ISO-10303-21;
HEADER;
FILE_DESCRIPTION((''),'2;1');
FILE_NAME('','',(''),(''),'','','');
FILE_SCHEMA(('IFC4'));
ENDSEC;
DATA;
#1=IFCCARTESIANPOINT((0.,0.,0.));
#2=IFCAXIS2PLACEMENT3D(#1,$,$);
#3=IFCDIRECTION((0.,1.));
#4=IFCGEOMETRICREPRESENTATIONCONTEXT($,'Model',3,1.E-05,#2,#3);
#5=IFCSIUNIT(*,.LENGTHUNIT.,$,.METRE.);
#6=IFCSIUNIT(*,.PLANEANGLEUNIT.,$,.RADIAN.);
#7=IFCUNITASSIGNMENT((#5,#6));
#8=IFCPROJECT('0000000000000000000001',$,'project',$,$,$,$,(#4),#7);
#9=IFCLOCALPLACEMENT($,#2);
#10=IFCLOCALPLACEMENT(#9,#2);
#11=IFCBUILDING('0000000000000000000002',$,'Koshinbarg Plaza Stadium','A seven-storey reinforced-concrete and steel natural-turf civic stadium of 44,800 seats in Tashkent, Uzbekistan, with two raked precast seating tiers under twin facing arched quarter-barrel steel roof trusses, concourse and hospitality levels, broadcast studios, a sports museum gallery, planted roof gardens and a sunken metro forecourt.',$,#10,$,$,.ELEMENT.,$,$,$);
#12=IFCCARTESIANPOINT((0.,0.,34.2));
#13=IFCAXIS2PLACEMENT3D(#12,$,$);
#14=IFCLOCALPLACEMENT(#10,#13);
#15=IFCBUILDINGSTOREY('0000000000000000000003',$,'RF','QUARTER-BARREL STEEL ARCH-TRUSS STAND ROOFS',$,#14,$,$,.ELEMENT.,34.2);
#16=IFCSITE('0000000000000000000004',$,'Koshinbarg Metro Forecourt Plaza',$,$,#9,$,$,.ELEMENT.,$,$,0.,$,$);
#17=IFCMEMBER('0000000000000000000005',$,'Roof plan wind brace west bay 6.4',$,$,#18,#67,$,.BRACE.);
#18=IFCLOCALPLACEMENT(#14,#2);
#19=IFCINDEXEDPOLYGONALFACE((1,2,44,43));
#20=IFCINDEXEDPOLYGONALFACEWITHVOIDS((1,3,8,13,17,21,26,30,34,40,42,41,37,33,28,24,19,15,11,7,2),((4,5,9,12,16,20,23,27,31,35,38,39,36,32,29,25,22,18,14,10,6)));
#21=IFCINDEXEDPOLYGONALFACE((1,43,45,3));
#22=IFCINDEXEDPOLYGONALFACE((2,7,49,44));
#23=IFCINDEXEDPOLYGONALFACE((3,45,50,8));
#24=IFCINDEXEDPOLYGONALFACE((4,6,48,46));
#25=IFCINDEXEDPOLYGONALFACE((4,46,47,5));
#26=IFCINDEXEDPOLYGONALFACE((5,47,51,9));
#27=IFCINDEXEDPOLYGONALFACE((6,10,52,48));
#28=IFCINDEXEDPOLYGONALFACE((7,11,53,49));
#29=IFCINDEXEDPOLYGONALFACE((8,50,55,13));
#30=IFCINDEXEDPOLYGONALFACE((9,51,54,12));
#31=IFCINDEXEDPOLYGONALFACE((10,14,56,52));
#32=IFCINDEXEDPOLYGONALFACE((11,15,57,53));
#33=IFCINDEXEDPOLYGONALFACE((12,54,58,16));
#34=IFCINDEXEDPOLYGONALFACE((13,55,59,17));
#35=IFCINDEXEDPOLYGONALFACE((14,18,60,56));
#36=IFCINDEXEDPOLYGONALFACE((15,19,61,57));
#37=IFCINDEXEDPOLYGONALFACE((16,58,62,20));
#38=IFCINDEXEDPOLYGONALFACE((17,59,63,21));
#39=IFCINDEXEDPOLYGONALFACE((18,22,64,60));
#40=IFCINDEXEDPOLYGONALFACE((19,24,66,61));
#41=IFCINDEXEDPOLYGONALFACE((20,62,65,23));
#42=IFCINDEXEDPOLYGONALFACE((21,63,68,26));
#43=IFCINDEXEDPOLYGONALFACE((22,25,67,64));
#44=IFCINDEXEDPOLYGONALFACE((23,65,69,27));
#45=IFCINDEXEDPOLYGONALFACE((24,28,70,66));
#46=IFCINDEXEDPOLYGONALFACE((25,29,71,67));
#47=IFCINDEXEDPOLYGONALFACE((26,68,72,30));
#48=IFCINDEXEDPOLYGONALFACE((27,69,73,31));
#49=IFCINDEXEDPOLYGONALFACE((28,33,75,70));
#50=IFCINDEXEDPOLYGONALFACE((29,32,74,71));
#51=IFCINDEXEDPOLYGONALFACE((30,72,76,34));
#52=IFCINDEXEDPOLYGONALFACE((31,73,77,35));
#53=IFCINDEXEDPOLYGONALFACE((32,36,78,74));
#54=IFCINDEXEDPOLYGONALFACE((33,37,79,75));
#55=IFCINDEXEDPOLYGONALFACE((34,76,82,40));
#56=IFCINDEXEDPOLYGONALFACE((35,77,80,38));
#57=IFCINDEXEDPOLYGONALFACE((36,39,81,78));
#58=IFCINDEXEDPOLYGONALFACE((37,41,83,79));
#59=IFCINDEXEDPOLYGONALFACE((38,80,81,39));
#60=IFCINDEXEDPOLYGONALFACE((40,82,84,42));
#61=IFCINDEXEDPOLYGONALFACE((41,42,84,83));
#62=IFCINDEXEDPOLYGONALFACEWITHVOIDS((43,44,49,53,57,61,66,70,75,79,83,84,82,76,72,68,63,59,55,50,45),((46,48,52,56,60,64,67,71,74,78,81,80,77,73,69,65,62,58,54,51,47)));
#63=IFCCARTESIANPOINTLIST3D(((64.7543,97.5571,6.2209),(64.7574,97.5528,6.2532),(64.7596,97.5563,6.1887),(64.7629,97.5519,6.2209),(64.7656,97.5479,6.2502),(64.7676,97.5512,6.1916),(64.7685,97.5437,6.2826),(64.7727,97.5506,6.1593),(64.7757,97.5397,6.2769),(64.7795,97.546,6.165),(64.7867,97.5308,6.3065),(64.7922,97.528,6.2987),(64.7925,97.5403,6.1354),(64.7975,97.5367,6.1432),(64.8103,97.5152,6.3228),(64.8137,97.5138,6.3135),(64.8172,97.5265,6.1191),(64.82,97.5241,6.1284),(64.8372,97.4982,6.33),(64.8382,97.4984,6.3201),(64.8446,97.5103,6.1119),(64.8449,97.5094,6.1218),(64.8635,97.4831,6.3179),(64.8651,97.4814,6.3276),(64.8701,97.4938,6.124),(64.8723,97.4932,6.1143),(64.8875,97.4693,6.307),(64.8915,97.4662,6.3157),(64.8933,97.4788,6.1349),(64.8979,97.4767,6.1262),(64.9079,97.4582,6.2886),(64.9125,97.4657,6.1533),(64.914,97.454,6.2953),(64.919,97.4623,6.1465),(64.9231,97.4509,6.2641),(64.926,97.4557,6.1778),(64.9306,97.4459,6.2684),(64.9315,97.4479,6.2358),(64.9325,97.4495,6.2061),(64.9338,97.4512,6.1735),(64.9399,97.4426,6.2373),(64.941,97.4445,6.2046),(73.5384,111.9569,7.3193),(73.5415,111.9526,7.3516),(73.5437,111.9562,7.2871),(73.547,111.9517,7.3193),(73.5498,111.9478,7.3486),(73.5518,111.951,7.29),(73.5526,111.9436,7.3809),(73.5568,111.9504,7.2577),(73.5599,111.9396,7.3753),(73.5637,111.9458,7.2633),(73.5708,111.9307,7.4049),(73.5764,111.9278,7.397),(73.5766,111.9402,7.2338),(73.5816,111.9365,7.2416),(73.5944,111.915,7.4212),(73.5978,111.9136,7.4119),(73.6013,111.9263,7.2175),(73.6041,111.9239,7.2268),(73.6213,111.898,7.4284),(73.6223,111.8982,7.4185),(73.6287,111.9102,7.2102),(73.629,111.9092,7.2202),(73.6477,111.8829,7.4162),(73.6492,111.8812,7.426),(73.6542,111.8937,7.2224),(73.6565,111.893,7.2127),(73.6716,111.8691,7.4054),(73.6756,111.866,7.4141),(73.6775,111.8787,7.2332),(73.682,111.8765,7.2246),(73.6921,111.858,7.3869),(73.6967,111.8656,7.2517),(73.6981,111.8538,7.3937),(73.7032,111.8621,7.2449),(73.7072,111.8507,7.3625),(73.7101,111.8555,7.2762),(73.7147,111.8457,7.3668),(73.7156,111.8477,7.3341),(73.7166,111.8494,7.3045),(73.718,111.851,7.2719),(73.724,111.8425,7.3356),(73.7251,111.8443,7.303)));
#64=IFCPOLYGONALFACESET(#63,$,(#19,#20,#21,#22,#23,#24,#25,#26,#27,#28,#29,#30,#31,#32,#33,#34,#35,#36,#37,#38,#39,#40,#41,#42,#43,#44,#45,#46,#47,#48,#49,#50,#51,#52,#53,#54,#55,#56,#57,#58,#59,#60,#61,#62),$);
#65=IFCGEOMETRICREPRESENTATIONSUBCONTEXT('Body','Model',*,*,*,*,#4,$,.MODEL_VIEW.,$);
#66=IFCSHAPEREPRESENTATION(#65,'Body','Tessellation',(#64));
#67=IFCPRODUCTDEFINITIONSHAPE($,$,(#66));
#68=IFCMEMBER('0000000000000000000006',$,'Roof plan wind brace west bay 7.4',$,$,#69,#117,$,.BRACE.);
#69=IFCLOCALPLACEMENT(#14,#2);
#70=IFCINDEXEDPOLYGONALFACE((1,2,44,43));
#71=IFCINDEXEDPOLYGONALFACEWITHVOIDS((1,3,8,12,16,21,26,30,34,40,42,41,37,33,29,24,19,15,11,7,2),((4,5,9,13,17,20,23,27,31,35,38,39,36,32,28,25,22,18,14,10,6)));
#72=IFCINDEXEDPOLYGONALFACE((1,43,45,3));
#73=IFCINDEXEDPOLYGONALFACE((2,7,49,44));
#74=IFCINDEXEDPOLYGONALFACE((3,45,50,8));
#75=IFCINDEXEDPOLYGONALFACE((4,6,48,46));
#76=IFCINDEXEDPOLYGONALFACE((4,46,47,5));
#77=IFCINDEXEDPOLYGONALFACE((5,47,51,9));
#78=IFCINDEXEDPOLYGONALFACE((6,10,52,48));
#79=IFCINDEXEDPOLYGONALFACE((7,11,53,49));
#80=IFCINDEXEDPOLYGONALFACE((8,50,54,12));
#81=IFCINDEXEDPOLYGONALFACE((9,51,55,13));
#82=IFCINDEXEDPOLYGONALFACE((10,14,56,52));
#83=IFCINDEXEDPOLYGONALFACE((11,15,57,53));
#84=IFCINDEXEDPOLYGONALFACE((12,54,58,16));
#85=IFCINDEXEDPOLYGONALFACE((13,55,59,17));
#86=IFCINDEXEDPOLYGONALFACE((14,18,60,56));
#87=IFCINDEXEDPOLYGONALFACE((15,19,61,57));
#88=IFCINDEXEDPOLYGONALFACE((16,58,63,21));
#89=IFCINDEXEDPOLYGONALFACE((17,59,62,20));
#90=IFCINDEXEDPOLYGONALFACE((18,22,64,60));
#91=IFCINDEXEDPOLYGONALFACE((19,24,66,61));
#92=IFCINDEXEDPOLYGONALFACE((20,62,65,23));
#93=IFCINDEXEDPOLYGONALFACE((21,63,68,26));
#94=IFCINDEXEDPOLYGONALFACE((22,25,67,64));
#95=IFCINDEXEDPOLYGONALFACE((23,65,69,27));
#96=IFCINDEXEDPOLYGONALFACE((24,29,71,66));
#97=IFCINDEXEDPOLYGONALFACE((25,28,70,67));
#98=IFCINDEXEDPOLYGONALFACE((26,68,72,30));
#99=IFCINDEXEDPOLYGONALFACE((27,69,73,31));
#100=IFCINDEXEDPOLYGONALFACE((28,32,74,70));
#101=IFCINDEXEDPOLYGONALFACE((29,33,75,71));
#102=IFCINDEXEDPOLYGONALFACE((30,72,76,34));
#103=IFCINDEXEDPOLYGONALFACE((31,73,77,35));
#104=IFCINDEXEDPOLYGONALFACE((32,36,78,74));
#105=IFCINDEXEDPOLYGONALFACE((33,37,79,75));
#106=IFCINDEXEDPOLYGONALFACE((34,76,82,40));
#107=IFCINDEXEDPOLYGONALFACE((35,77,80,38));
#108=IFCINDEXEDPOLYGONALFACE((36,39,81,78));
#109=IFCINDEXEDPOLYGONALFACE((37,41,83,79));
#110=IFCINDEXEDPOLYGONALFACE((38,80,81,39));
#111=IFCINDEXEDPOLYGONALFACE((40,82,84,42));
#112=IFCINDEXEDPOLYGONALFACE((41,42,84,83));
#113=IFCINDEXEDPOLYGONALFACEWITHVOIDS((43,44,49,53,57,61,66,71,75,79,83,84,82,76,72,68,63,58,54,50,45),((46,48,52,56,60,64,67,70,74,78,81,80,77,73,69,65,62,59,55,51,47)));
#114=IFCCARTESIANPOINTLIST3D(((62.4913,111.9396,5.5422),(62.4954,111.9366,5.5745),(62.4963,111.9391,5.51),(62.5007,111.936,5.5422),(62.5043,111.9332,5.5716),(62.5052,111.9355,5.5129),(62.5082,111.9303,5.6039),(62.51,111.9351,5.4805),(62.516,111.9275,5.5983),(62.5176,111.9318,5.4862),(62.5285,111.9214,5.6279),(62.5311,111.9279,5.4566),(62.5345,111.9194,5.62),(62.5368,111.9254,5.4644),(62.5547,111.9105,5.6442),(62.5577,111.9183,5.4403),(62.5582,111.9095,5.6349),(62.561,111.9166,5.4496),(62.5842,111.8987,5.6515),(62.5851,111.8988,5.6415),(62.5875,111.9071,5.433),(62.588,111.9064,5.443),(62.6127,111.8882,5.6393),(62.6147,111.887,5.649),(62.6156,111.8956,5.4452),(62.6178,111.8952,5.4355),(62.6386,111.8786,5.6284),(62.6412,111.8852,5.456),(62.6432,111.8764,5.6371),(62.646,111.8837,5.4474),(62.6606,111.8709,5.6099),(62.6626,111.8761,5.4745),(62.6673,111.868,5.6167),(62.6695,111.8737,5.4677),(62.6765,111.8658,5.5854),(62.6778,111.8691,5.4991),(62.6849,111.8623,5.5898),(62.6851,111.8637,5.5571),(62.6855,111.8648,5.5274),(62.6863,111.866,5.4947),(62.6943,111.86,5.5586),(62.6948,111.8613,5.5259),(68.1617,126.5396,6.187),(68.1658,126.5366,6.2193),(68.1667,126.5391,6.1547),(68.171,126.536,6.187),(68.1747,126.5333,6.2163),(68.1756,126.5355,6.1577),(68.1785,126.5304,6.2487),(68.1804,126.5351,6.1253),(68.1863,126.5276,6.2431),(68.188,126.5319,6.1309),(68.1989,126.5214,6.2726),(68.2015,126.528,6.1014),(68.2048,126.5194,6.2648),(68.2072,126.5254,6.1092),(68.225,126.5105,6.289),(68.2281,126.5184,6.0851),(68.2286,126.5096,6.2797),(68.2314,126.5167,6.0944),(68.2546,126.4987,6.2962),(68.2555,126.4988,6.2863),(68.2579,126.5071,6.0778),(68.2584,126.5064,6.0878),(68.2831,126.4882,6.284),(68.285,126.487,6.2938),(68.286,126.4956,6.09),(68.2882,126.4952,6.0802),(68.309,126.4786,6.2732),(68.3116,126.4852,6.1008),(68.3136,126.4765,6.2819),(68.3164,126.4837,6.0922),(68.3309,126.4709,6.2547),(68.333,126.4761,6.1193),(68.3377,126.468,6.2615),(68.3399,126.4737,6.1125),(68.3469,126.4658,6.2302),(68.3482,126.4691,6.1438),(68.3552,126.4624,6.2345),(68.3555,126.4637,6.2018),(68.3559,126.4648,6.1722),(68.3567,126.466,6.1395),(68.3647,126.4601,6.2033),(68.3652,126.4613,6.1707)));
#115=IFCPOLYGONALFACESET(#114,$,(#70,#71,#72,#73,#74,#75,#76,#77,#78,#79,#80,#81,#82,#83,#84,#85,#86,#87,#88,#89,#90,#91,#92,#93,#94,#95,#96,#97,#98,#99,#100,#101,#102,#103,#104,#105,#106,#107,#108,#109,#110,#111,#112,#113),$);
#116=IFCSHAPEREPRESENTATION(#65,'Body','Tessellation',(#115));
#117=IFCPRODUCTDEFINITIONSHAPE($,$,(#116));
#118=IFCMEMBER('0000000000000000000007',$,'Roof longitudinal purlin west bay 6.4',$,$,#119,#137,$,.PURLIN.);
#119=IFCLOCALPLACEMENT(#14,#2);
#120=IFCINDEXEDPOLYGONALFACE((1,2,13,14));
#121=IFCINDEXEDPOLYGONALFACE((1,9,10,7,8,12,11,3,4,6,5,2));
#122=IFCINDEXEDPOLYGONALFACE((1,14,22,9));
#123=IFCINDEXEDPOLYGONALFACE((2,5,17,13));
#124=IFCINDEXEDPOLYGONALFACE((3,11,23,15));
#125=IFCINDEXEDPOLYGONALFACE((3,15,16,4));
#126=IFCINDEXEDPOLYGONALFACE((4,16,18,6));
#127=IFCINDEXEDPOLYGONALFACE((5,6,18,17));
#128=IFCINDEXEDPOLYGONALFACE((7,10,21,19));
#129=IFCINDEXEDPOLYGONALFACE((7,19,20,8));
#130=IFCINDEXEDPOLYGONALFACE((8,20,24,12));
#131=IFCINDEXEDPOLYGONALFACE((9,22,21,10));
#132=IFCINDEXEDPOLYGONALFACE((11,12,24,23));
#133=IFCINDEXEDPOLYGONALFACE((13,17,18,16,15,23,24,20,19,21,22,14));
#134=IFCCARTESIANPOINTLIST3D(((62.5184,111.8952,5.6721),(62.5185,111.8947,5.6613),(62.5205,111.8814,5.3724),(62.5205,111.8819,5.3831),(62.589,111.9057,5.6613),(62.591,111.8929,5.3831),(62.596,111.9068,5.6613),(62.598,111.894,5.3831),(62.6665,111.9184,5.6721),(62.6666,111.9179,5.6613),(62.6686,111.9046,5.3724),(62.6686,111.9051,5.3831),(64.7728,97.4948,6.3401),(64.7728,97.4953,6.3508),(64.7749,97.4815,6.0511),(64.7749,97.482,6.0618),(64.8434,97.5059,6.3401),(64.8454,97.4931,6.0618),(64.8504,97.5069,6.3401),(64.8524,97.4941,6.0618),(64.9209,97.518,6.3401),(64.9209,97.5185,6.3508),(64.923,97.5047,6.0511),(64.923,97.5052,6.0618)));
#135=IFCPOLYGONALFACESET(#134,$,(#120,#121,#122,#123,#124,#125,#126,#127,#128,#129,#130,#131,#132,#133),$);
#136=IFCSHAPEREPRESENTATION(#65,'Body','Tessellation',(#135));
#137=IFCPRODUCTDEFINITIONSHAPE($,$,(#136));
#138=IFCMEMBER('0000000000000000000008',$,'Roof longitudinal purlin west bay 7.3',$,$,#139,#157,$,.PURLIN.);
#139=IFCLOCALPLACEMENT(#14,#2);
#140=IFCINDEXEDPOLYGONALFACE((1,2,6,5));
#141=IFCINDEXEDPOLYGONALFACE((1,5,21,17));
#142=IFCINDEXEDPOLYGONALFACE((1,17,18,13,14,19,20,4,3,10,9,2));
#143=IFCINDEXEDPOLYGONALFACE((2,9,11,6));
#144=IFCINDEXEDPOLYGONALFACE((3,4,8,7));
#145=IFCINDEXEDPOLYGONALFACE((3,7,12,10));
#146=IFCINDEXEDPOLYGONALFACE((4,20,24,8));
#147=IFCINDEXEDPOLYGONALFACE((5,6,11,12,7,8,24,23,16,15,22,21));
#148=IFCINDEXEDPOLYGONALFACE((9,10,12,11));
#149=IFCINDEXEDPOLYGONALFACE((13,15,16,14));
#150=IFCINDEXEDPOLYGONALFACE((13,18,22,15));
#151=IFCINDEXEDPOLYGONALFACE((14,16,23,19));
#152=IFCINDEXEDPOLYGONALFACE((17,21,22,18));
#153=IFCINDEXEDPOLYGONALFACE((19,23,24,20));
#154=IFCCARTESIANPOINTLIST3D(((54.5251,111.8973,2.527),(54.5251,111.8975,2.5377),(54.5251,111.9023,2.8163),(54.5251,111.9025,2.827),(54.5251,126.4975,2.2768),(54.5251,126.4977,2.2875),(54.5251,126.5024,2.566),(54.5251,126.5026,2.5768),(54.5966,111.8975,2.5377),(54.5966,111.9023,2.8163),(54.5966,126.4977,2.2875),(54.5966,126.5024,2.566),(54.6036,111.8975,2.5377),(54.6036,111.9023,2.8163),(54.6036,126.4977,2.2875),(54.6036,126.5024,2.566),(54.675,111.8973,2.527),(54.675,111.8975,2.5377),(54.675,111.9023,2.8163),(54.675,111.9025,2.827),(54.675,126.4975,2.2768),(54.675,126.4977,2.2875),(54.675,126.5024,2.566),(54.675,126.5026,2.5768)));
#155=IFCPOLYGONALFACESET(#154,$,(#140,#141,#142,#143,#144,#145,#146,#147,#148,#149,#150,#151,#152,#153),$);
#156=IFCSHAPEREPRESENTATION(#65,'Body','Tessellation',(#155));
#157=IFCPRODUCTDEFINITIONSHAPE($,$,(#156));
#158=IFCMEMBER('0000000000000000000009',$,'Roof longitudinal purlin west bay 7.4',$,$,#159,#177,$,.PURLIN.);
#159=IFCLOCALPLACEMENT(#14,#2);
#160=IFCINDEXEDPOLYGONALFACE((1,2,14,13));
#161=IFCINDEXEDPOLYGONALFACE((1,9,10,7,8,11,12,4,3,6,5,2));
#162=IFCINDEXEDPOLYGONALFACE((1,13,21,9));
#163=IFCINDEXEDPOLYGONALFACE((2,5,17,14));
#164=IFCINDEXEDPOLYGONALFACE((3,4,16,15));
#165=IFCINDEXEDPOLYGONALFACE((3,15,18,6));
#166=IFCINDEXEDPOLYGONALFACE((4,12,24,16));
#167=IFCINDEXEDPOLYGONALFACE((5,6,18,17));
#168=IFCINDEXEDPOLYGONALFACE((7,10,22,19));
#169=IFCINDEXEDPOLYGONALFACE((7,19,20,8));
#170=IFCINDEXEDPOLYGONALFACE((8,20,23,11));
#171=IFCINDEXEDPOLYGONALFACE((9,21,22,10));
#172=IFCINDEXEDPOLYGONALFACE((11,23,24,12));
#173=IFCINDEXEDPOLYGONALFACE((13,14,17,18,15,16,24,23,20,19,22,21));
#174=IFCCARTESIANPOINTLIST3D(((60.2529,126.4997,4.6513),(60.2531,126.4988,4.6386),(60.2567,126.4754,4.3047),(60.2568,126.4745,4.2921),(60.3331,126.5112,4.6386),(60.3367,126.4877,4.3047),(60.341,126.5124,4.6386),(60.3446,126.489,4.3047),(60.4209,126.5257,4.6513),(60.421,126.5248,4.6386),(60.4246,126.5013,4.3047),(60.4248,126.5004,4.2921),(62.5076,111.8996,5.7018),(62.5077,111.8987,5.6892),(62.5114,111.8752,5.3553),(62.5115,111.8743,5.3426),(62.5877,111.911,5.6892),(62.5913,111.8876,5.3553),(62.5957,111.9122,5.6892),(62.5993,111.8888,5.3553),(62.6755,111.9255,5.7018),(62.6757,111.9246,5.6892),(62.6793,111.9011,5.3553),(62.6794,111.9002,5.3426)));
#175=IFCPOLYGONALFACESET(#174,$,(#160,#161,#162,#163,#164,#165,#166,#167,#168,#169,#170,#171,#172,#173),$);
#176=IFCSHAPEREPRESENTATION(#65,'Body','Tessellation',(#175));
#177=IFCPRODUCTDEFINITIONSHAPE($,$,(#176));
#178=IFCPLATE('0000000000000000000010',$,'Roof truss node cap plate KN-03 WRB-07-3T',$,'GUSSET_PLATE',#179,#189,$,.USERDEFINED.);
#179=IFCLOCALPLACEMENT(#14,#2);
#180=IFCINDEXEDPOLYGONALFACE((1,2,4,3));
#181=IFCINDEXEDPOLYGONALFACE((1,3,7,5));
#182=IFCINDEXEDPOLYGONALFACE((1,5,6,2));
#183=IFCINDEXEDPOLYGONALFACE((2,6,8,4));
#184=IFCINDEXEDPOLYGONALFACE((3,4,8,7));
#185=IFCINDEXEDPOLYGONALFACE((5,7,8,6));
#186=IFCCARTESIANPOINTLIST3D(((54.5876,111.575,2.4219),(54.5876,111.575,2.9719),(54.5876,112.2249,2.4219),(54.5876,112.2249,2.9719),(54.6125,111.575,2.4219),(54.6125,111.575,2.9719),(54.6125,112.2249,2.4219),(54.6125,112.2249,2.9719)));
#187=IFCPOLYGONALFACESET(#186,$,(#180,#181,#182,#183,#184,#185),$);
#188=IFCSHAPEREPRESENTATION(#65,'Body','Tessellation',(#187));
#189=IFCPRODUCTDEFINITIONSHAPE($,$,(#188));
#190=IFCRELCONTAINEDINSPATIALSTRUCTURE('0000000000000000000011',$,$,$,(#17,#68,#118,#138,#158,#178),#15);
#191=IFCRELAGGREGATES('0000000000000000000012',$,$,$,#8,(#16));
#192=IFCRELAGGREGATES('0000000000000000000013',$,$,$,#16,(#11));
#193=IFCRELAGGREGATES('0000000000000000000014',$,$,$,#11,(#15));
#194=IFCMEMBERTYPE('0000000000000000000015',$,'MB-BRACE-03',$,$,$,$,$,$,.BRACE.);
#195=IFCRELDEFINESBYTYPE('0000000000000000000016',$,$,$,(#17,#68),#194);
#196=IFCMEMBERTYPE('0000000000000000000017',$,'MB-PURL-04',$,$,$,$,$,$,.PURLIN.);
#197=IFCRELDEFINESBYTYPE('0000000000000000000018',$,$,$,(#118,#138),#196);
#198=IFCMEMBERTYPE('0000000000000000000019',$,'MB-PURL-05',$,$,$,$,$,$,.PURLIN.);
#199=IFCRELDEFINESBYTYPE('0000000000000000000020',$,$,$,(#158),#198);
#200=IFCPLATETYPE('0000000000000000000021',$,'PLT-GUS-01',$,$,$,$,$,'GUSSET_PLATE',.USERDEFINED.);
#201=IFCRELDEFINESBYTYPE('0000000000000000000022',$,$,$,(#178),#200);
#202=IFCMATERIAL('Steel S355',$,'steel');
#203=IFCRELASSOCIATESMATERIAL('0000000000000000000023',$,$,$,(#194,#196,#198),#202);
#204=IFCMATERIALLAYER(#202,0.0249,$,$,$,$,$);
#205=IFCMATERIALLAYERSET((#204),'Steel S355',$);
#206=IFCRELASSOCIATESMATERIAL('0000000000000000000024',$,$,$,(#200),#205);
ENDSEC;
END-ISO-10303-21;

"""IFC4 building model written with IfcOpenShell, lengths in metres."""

from ifc_helpers import new_model, si_unit, direction, frame, origin, origin_2d, place, context, subcontext, project, spatial, rectangle, hollow_circle, i_section, extrude, material, layer, layer_set, material_profile, profile_set, type_object, element, save


model = new_model("IFC4")

# Units and contexts
model_context = context("Model", 3, precision=1e-05, world=origin(), true_north=direction((0.0, 1.0)))
body_context = subcontext(model_context, "Body", "Model", "MODEL_VIEW")
ifc_project = project(units=[si_unit("LENGTHUNIT", "METRE"), si_unit("PLANEANGLEUNIT", "RADIAN")], contexts=[model_context])

# Site, building, storey
site_placement = place(None, origin())
site = spatial("IfcSite", under=ifc_project, at=site_placement, Name="Koshinbarg Metro Forecourt Plaza", CompositionType="ELEMENT", RefElevation=0.0)
building_placement = place(site_placement, origin())
building = spatial("IfcBuilding", under=site, at=building_placement, Name="Koshinbarg Plaza Stadium", Description="A seven-storey reinforced-concrete and steel natural-turf civic stadium of 44,800 seats in Tashkent, Uzbekistan, with two raked precast seating tiers under twin facing arched quarter-barrel steel roof trusses, concourse and hospitality levels, broadcast studios, a sports museum gallery, planted roof gardens and a sunken metro forecourt.", CompositionType="ELEMENT")
storey_placement = place(building_placement, frame((0.0, 0.0, 34.2)))
storey = spatial("IfcBuildingStorey", under=building, at=storey_placement, Name="RF", Description="QUARTER-BARREL STEEL ARCH-TRUSS STAND ROOFS", CompositionType="ELEMENT", Elevation=34.2)

# Members
ifc_material_1 = material(Name="Steel S355", Category="steel")
ifc_material_profile_1 = material_profile(ifc_material_1, hollow_circle(Radius=0.1096, WallThickness=0.01, at=origin_2d()), Name="CHS 219.1x10")
ifc_profile_set_1 = profile_set([ifc_material_profile_1], Name="Steel S355")
member_type_1 = type_object("IfcMemberType", Name="MB-BRACE-03", PredefinedType="BRACE", material=ifc_profile_set_1)
member_1_placement = place(storey_placement, frame((64.8479, 97.5, 6.2209), z_axis=(0.519669, 0.851893, 0.06498), x_axis=(-0.853697, 0.52077, 0.0)))
element("IfcMember", 1, at=member_1_placement, inside=storey, type_object=member_type_1, Name="Roof plan wind brace west bay 6.4", PredefinedType="BRACE", context=body_context, shape_type="SweptSolid", body=[
    extrude(hollow_circle(Radius=0.1096, WallThickness=0.01, at=origin_2d()), origin(), (0.0, 0.0, 1.0), 16.9033),
])
member_2_placement = place(storey_placement, frame((62.5935, 111.8999, 5.5422), z_axis=(0.361729, 0.931375, 0.041132), x_axis=(-0.932164, 0.362036, 0.0)))
element("IfcMember", 2, at=member_2_placement, inside=storey, type_object=member_type_1, Name="Roof plan wind brace west bay 7.4", PredefinedType="BRACE", context=body_context, shape_type="SweptSolid", body=[
    extrude(hollow_circle(Radius=0.1096, WallThickness=0.01, at=origin_2d()), origin(), (0.0, 0.0, 1.0), 15.6758),
])
ifc_material_profile_2 = material_profile(ifc_material_1, i_section(OverallWidth=0.1499, OverallDepth=0.3, WebThickness=0.0071, FlangeThickness=0.0107, at=origin_2d()), Name="IPE 300")
ifc_profile_set_2 = profile_set([ifc_material_profile_2], Name="Steel S355")
member_type_2 = type_object("IfcMemberType", Name="MB-PURL-04", PredefinedType="PURLIN", material=ifc_profile_set_2)
member_3_placement = place(storey_placement, frame((64.8479, 97.5, 6.2009), z_axis=(-0.154505, 0.986896, -0.046515), x_axis=(-0.987966, -0.154672, 0.0)))
element("IfcMember", 3, at=member_3_placement, inside=storey, type_object=member_type_2, Name="Roof longitudinal purlin west bay 6.4", PredefinedType="PURLIN", context=body_context, shape_type="SweptSolid", body=[
    extrude(i_section(OverallWidth=0.1499, OverallDepth=0.3, WebThickness=0.0071, FlangeThickness=0.0107, at=origin_2d()), origin(), (0.0, 0.0, 1.0), 14.5911),
])
member_4_placement = place(storey_placement, frame((54.6001, 111.8999, 2.677), z_axis=(0.0, 0.999853, -0.017137), x_axis=(-1.0, 0.0, 0.0)))
element("IfcMember", 4, at=member_4_placement, inside=storey, type_object=member_type_2, Name="Roof longitudinal purlin west bay 7.3", PredefinedType="PURLIN", context=body_context, shape_type="SweptSolid", body=[
    extrude(i_section(OverallWidth=0.1499, OverallDepth=0.3, WebThickness=0.0071, FlangeThickness=0.0107, at=origin_2d()), origin(), (0.0, 0.0, 1.0), 14.6023),
])
ifc_material_profile_3 = material_profile(ifc_material_1, i_section(OverallWidth=0.1699, OverallDepth=0.3601, WebThickness=0.0081, FlangeThickness=0.0127, at=origin_2d()), Name="IPE 360")
ifc_profile_set_3 = profile_set([ifc_material_profile_3], Name="Steel S355")
member_type_3 = type_object("IfcMemberType", Name="MB-PURL-05", PredefinedType="PURLIN", material=ifc_profile_set_3)
member_5_placement = place(storey_placement, frame((62.5935, 111.8999, 5.5222), z_axis=(-0.152233, 0.985796, -0.070932), x_axis=(-0.988285, -0.152617, 0.0)))
element("IfcMember", 5, at=member_5_placement, inside=storey, type_object=member_type_3, Name="Roof longitudinal purlin west bay 7.4", PredefinedType="PURLIN", context=body_context, shape_type="SweptSolid", body=[
    extrude(i_section(OverallWidth=0.1699, OverallDepth=0.3601, WebThickness=0.0081, FlangeThickness=0.0127, at=origin_2d()), origin(), (0.0, 0.0, 1.0), 14.8105),
])

# Plate
ifc_layer_1 = layer(ifc_material_1, 0.0249)
ifc_layer_set_1 = layer_set([ifc_layer_1], Name="Steel S355")
plate_type_1 = type_object("IfcPlateType", Name="PLT-GUS-01", ElementType="GUSSET_PLATE", PredefinedType="USERDEFINED", material=ifc_layer_set_1)
for number, where, z_axis, x_axis, name in (
    (6, (54.6001, 111.8999, 2.4219), (0.0, 0.0, 1.0), (1.0, 0.0, 0.0), "Roof truss node cap plate KN-03 WRB-07-3T"),
):
    element("IfcPlate", number, at=place(storey_placement, frame(where, z_axis=z_axis, x_axis=x_axis)), inside=storey, type_object=plate_type_1, Name=name, ObjectType="GUSSET_PLATE", PredefinedType="USERDEFINED", context=body_context, shape_type="SweptSolid", body=[
        extrude(rectangle(XDim=0.0249, YDim=0.6499, at=origin_2d()), origin(), (0.0, 0.0, 1.0), 0.55),
    ])

save(model, "model.ifc")
